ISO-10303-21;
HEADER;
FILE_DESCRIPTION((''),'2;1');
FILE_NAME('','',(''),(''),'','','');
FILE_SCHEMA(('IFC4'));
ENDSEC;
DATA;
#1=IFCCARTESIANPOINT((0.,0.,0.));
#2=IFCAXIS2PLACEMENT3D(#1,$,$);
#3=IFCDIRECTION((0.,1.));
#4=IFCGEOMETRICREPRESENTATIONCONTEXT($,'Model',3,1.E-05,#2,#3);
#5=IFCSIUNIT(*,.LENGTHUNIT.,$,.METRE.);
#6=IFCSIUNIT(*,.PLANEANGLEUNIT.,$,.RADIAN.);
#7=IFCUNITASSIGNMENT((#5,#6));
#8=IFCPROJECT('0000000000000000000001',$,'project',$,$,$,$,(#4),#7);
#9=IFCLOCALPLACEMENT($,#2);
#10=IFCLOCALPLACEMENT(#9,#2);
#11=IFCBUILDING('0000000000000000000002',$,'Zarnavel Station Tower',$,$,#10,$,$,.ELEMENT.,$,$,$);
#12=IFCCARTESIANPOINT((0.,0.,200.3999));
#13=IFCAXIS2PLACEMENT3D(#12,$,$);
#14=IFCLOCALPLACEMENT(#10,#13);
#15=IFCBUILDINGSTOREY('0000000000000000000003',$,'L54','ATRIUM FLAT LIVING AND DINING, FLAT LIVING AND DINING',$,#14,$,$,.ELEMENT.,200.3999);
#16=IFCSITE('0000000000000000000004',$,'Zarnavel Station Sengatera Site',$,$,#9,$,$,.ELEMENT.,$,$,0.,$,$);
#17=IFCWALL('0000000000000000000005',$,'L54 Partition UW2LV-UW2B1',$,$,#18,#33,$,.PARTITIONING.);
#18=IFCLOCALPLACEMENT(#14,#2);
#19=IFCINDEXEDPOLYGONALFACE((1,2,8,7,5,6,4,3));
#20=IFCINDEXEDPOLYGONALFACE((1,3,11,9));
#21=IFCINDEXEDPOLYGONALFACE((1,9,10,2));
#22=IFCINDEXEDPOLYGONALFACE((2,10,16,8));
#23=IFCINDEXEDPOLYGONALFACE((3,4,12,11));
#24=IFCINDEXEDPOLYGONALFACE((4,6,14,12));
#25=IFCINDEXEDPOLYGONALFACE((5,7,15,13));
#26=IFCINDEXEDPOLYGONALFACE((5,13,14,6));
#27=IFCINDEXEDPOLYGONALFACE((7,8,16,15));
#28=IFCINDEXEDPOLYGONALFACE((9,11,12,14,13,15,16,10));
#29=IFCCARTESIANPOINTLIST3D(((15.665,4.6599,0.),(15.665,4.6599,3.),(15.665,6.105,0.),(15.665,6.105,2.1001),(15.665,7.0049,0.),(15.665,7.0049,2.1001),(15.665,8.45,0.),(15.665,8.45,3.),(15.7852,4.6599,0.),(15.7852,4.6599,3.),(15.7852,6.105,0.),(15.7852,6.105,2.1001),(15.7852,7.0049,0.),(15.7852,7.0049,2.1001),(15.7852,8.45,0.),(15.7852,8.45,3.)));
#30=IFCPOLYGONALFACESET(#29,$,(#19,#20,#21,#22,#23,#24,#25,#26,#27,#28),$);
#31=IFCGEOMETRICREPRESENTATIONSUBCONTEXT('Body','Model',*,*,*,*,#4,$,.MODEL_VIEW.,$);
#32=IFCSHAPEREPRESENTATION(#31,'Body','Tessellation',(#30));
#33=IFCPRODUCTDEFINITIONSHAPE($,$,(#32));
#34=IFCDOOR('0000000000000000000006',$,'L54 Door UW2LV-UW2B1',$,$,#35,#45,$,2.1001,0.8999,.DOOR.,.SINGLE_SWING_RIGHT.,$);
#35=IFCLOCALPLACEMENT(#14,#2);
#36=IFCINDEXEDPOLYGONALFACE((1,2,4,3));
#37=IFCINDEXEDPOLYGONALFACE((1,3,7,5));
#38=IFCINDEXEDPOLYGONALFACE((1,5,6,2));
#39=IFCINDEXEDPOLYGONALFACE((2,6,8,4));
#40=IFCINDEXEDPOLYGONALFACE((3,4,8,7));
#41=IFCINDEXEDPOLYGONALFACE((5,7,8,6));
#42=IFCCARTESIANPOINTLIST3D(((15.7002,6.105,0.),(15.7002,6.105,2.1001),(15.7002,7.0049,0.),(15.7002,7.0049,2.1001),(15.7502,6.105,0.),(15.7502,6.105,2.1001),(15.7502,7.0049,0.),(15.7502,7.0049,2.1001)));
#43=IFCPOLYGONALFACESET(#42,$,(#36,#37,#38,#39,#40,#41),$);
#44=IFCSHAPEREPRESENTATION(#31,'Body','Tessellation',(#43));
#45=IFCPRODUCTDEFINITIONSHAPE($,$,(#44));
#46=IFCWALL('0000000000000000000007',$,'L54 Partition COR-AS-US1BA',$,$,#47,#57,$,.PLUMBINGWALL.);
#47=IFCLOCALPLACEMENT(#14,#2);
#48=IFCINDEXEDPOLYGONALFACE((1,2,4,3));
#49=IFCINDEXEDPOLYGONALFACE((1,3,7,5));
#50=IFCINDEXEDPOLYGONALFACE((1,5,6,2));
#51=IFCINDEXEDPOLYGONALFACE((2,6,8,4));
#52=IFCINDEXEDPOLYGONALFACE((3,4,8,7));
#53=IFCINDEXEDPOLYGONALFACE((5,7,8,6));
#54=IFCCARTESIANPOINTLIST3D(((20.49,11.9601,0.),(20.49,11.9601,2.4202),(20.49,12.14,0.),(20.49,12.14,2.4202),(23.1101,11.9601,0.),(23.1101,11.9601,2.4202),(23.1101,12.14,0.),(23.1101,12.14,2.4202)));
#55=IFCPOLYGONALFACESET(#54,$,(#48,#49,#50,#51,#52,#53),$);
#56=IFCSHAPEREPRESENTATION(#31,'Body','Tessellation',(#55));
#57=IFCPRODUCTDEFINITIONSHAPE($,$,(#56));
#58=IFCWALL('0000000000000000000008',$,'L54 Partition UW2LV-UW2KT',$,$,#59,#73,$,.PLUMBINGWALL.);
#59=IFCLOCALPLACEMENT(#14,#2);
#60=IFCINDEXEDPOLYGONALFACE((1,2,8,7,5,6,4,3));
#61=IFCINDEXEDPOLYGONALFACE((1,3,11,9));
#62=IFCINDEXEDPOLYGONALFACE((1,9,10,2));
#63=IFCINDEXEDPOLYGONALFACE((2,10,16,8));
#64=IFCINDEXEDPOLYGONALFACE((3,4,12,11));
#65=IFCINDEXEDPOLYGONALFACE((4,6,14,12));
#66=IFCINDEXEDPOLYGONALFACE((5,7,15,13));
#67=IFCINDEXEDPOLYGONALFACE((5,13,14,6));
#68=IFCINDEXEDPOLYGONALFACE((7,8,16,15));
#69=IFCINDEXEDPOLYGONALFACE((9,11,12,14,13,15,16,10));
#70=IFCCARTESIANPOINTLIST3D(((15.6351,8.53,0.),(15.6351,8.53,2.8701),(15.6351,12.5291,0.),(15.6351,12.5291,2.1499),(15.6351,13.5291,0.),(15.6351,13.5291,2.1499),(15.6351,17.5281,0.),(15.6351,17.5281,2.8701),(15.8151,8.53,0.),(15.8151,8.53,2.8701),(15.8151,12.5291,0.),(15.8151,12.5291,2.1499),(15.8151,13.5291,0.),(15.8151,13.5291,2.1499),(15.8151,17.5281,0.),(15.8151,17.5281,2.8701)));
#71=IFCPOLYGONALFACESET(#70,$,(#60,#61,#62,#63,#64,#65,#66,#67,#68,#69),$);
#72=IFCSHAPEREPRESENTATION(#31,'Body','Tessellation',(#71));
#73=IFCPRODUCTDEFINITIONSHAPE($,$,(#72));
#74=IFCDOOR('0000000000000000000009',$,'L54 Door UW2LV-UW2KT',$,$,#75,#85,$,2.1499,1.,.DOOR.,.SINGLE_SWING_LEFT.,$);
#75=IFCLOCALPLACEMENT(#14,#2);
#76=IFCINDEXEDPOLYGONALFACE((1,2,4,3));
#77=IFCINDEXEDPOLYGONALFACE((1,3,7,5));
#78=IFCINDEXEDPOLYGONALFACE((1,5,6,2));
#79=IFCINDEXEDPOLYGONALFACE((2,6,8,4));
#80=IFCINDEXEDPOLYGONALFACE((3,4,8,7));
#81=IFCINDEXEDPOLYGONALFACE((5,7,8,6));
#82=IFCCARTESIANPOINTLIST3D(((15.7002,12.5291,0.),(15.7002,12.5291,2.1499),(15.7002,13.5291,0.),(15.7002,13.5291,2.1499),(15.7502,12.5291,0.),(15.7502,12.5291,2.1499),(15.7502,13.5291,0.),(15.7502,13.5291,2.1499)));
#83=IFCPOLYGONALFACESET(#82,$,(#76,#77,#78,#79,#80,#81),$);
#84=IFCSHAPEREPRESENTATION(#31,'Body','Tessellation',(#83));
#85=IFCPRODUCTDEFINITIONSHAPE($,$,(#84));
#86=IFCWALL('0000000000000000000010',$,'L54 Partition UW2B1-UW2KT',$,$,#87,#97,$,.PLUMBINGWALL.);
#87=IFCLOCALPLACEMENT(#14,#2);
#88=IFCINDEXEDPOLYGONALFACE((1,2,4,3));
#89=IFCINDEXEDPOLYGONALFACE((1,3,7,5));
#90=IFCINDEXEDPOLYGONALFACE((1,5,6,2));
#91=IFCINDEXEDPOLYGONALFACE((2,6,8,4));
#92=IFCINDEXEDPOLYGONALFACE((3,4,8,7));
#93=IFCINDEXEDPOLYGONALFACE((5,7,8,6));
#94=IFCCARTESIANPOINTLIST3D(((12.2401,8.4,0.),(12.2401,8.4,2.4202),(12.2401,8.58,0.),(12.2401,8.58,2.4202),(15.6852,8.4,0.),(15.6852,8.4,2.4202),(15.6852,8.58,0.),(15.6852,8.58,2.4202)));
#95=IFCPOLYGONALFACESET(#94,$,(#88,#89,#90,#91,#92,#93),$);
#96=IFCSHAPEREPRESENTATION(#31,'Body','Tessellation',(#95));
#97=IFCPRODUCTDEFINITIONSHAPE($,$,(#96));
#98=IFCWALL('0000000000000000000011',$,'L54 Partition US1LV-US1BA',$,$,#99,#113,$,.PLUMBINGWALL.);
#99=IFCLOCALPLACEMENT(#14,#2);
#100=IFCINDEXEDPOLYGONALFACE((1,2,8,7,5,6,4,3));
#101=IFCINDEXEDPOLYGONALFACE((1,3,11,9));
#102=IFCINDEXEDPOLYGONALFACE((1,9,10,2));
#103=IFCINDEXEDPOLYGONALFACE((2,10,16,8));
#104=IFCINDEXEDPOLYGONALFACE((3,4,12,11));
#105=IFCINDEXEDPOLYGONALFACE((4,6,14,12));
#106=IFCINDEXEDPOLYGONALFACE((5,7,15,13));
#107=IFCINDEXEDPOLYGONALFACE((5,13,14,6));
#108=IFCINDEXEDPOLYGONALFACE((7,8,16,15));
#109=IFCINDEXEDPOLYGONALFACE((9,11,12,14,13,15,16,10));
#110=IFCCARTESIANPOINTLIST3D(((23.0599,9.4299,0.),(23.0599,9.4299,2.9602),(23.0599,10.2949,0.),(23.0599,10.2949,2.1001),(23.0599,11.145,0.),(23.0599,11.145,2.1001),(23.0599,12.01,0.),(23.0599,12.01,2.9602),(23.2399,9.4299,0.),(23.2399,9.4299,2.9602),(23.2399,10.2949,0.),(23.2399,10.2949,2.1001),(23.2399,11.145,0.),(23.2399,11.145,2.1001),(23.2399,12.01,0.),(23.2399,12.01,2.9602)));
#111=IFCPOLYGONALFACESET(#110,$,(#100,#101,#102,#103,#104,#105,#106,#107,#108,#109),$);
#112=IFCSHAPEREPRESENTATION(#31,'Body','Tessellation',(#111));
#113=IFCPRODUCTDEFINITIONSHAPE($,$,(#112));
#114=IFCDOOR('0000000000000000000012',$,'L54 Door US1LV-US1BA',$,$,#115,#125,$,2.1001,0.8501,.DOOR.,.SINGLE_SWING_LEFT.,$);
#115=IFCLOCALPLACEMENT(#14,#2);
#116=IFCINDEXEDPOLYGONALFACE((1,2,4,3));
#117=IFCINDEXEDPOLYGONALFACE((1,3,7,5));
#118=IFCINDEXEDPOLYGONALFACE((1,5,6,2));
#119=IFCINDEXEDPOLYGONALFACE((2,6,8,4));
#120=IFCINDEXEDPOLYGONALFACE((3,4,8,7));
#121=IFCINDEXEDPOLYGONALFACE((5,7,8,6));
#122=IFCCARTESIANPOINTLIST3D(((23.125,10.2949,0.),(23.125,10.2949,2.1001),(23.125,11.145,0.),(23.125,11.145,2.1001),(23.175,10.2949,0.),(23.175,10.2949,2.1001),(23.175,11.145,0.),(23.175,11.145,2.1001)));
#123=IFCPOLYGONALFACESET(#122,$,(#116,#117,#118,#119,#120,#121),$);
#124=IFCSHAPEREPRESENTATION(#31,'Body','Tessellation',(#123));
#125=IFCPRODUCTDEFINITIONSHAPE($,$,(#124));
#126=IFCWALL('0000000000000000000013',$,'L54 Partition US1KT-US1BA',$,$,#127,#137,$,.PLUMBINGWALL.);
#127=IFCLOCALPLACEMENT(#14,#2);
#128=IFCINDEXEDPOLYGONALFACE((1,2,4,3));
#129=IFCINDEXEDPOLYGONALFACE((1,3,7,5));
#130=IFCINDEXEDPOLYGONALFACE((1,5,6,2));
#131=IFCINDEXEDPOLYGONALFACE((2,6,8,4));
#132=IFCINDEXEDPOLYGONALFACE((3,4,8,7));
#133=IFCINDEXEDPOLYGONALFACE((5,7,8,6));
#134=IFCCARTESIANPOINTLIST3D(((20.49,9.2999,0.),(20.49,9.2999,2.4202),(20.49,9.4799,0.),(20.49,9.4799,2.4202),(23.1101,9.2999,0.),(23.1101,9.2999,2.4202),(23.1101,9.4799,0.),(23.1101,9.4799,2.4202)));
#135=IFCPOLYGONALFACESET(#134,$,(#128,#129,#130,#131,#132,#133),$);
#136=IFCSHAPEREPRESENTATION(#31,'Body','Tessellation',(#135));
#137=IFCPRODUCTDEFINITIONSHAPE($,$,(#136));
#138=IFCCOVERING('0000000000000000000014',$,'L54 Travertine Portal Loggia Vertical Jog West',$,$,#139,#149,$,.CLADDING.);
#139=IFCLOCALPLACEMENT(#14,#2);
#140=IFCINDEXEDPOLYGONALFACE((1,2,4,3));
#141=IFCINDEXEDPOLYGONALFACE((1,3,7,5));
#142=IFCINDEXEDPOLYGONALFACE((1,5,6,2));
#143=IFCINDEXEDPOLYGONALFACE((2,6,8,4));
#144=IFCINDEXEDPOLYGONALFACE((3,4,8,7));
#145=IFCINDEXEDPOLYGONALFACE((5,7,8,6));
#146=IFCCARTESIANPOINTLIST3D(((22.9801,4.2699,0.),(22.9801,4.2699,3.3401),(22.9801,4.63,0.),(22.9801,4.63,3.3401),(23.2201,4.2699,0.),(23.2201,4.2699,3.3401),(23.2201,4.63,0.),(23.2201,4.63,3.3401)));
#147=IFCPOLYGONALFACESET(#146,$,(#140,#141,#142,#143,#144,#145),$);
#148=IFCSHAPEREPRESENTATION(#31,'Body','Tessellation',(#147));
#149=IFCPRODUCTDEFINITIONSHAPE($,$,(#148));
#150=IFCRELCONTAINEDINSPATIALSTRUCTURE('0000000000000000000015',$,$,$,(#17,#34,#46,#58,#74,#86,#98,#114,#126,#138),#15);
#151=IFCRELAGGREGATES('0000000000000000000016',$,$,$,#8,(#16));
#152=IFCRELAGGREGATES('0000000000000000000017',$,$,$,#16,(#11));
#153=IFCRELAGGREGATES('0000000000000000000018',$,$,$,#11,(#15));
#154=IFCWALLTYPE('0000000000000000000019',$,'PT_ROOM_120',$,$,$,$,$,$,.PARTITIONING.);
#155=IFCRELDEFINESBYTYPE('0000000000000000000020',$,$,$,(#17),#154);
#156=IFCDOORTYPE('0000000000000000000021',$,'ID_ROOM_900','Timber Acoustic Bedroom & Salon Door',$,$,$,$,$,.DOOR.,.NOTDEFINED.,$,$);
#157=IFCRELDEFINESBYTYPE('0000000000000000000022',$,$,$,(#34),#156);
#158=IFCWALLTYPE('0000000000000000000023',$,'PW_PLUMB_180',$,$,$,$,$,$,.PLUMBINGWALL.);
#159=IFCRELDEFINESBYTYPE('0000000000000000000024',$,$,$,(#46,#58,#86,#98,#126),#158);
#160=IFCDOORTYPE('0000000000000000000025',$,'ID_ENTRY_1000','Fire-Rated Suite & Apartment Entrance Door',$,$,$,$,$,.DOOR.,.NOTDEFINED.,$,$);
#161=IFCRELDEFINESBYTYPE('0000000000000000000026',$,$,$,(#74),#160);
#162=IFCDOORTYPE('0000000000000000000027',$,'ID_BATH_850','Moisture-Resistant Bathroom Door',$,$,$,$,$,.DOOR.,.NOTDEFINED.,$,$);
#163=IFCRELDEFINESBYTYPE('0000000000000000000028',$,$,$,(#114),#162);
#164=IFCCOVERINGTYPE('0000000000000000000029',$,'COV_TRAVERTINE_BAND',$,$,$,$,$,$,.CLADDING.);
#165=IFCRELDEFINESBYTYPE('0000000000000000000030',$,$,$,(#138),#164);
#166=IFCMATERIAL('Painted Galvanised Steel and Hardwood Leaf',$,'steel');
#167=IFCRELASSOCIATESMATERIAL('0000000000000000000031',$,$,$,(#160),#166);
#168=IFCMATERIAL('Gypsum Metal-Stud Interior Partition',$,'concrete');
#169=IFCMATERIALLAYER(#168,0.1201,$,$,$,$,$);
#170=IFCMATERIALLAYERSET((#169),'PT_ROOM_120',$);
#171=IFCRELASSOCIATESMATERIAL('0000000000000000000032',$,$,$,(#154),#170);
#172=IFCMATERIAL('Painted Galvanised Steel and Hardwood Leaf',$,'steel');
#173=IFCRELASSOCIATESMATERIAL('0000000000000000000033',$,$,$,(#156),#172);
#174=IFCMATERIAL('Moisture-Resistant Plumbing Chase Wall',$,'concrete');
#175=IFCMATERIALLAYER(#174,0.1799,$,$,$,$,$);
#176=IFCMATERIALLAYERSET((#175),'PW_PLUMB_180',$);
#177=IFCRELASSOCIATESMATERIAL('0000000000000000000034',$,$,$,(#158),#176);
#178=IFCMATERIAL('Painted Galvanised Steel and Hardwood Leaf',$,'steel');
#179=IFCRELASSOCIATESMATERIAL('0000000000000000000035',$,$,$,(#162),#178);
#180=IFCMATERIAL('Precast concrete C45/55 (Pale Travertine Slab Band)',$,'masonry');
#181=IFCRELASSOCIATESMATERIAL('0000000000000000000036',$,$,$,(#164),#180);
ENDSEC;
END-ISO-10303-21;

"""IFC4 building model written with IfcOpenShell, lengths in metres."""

from ifc_helpers import new_model, si_unit, direction, frame, frame_2d, origin, origin_2d, place, context, subcontext, project, spatial, rectangle, extrude, material, layer, layer_set, type_object, element, fill, save


model = new_model("IFC4")

# Units and contexts
model_context = context("Model", 3, precision=1e-05, world=origin(), true_north=direction((0.0, 1.0)))
body_context = subcontext(model_context, "Body", "Model", "MODEL_VIEW")
ifc_project = project(units=[si_unit("LENGTHUNIT", "METRE"), si_unit("PLANEANGLEUNIT", "RADIAN")], contexts=[model_context])

# Site, building, storey
site_placement = place(None, origin())
site = spatial("IfcSite", under=ifc_project, at=site_placement, Name="Zarnavel Station Sengatera Site", CompositionType="ELEMENT", RefElevation=0.0)
building_placement = place(site_placement, origin())
building = spatial("IfcBuilding", under=site, at=building_placement, Name="Zarnavel Station Tower", CompositionType="ELEMENT")
storey_placement = place(building_placement, frame((0.0, 0.0, 200.3999)))
storey = spatial("IfcBuildingStorey", under=building, at=storey_placement, Name="L54", Description="ATRIUM FLAT LIVING AND DINING, FLAT LIVING AND DINING", CompositionType="ELEMENT", Elevation=200.3999)

# Shared definitions
ifc_material_1 = material(Name="Painted Galvanised Steel and Hardwood Leaf", Category="steel")
door_type_1 = type_object("IfcDoorType", Name="ID_ENTRY_1000", Description="Fire-Rated Suite & Apartment Entrance Door", OperationType="NOTDEFINED", PredefinedType="DOOR", material=ifc_material_1)

# Wall, opening, door
ifc_material_2 = material(Name="Gypsum Metal-Stud Interior Partition", Category="concrete")
ifc_layer_1 = layer(ifc_material_2, 0.1201)
ifc_layer_set_1 = layer_set([ifc_layer_1], Name="PT_ROOM_120")
wall_type_1 = type_object("IfcWallType", Name="PT_ROOM_120", PredefinedType="PARTITIONING", material=ifc_layer_set_1)
wall_1_placement = place(storey_placement, frame((15.7251, 4.6599, 0.0), z_axis=(0.0, 0.0, 1.0), x_axis=(0.0, 1.0, 0.0)))
wall_1 = element("IfcWall", 1, at=wall_1_placement, inside=storey, type_object=wall_type_1, Name="L54 Partition UW2LV-UW2B1", PredefinedType="PARTITIONING", context=body_context, shape_type="SweptSolid", body=[
    extrude(rectangle(XDim=3.79, YDim=0.1201, at=frame_2d((1.895, 0.0))), origin(), (0.0, 0.0, 1.0), 3.0),
])
opening_1_placement = place(wall_1_placement, frame((1.4451, 0.0, 0.0)))
opening_1 = element("IfcOpeningElement", 2, at=opening_1_placement, cuts=wall_1, PredefinedType="OPENING", context=body_context, shape_type="SweptSolid", body=[
    extrude(rectangle(XDim=0.8999, YDim=2.1001, at=frame_2d((0.45, 1.05))), frame((0.0, 0.0701, 0.0), z_axis=(0.0, -1.0, 0.0), x_axis=(1.0, 0.0, 0.0)), (0.0, 0.0, 1.0), 0.1401),
])
ifc_material_3 = material(Name="Painted Galvanised Steel and Hardwood Leaf", Category="steel")
door_type_2 = type_object("IfcDoorType", Name="ID_ROOM_900", Description="Timber Acoustic Bedroom & Salon Door", OperationType="NOTDEFINED", PredefinedType="DOOR", material=ifc_material_3)
door_1_placement = place(opening_1_placement, origin())
door_1 = element("IfcDoor", 3, at=door_1_placement, inside=storey, type_object=door_type_2, Name="L54 Door UW2LV-UW2B1", OperationType="SINGLE_SWING_RIGHT", OverallHeight=2.1001, OverallWidth=0.8999, PredefinedType="DOOR", context=body_context, shape_type="SweptSolid", body=[
    extrude(rectangle(XDim=0.8999, YDim=2.1001, at=frame_2d((0.45, 1.05))), frame((0.0, 0.0249, 0.0), z_axis=(0.0, -1.0, 0.0), x_axis=(1.0, 0.0, 0.0)), (0.0, 0.0, 1.0), 0.05),
])
fill(opening_1, door_1)

# Wall
ifc_material_4 = material(Name="Moisture-Resistant Plumbing Chase Wall", Category="concrete")
ifc_layer_2 = layer(ifc_material_4, 0.1799)
ifc_layer_set_2 = layer_set([ifc_layer_2], Name="PW_PLUMB_180")
wall_type_2 = type_object("IfcWallType", Name="PW_PLUMB_180", PredefinedType="PLUMBINGWALL", material=ifc_layer_set_2)
wall_2_placement = place(storey_placement, frame((20.49, 12.05, 0.0), z_axis=(0.0, 0.0, 1.0), x_axis=(1.0, 0.0, 0.0)))
element("IfcWall", 4, at=wall_2_placement, inside=storey, type_object=wall_type_2, Name="L54 Partition COR-AS-US1BA", PredefinedType="PLUMBINGWALL", context=body_context, shape_type="SweptSolid", body=[
    extrude(rectangle(XDim=2.6201, YDim=0.1799, at=frame_2d((1.3101, 0.0))), origin(), (0.0, 0.0, 1.0), 2.4202),
])

# Wall, opening, door
wall_3_placement = place(storey_placement, frame((15.7251, 8.53, 0.0), z_axis=(0.0, 0.0, 1.0), x_axis=(0.0, 1.0, 0.0)))
wall_3 = element("IfcWall", 5, at=wall_3_placement, inside=storey, type_object=wall_type_2, Name="L54 Partition UW2LV-UW2KT", PredefinedType="PLUMBINGWALL", context=body_context, shape_type="SweptSolid", body=[
    extrude(rectangle(XDim=8.998, YDim=0.1799, at=frame_2d((4.499, 0.0))), origin(), (0.0, 0.0, 1.0), 2.8701),
])
opening_2_placement = place(wall_3_placement, frame((3.999, 0.0, 0.0)))
opening_2 = element("IfcOpeningElement", 6, at=opening_2_placement, cuts=wall_3, PredefinedType="OPENING", context=body_context, shape_type="SweptSolid", body=[
    extrude(rectangle(XDim=1.0, YDim=2.1499, at=frame_2d((0.5, 1.075))), frame((0.0, 0.0999, 0.0), z_axis=(0.0, -1.0, 0.0), x_axis=(1.0, 0.0, 0.0)), (0.0, 0.0, 1.0), 0.2),
])
door_2_placement = place(opening_2_placement, origin())
door_2 = element("IfcDoor", 7, at=door_2_placement, inside=storey, type_object=door_type_1, Name="L54 Door UW2LV-UW2KT", OperationType="SINGLE_SWING_LEFT", OverallHeight=2.1499, OverallWidth=1.0, PredefinedType="DOOR", context=body_context, shape_type="SweptSolid", body=[
    extrude(rectangle(XDim=1.0, YDim=2.1499, at=frame_2d((0.5, 1.075))), frame((0.0, 0.0249, 0.0), z_axis=(0.0, -1.0, 0.0), x_axis=(1.0, 0.0, 0.0)), (0.0, 0.0, 1.0), 0.05),
])
fill(opening_2, door_2)

# Wall
wall_4_placement = place(storey_placement, frame((12.24, 8.49, 0.0), z_axis=(0.0, 0.0, 1.0), x_axis=(1.0, 0.0, 0.0)))
element("IfcWall", 8, at=wall_4_placement, inside=storey, type_object=wall_type_2, Name="L54 Partition UW2B1-UW2KT", PredefinedType="PLUMBINGWALL", context=body_context, shape_type="SweptSolid", body=[
    extrude(rectangle(XDim=3.4451, YDim=0.1799, at=frame_2d((1.7227, 0.0))), origin(), (0.0, 0.0, 1.0), 2.4202),
])

# Wall, opening, door
wall_5_placement = place(storey_placement, frame((23.1499, 9.4299, 0.0), z_axis=(0.0, 0.0, 1.0), x_axis=(0.0, 1.0, 0.0)))
wall_5 = element("IfcWall", 9, at=wall_5_placement, inside=storey, type_object=wall_type_2, Name="L54 Partition US1LV-US1BA", PredefinedType="PLUMBINGWALL", context=body_context, shape_type="SweptSolid", body=[
    extrude(rectangle(XDim=2.5801, YDim=0.1799, at=frame_2d((1.29, 0.0))), origin(), (0.0, 0.0, 1.0), 2.9602),
])
opening_3_placement = place(wall_5_placement, frame((0.865, 0.0, 0.0)))
opening_3 = element("IfcOpeningElement", 10, at=opening_3_placement, cuts=wall_5, PredefinedType="OPENING", context=body_context, shape_type="SweptSolid", body=[
    extrude(rectangle(XDim=0.8501, YDim=2.1001, at=frame_2d((0.425, 1.05))), frame((0.0, 0.0999, 0.0), z_axis=(0.0, -1.0, 0.0), x_axis=(1.0, 0.0, 0.0)), (0.0, 0.0, 1.0), 0.2),
])
ifc_material_5 = material(Name="Painted Galvanised Steel and Hardwood Leaf", Category="steel")
door_type_3 = type_object("IfcDoorType", Name="ID_BATH_850", Description="Moisture-Resistant Bathroom Door", OperationType="NOTDEFINED", PredefinedType="DOOR", material=ifc_material_5)
door_3_placement = place(opening_3_placement, origin())
door_3 = element("IfcDoor", 11, at=door_3_placement, inside=storey, type_object=door_type_3, Name="L54 Door US1LV-US1BA", OperationType="SINGLE_SWING_LEFT", OverallHeight=2.1001, OverallWidth=0.8501, PredefinedType="DOOR", context=body_context, shape_type="SweptSolid", body=[
    extrude(rectangle(XDim=0.8501, YDim=2.1001, at=frame_2d((0.425, 1.05))), frame((0.0, 0.0249, 0.0), z_axis=(0.0, -1.0, 0.0), x_axis=(1.0, 0.0, 0.0)), (0.0, 0.0, 1.0), 0.05),
])
fill(opening_3, door_3)

# Wall
wall_6_placement = place(storey_placement, frame((20.49, 9.3899, 0.0), z_axis=(0.0, 0.0, 1.0), x_axis=(1.0, 0.0, 0.0)))
element("IfcWall", 12, at=wall_6_placement, inside=storey, type_object=wall_type_2, Name="L54 Partition US1KT-US1BA", PredefinedType="PLUMBINGWALL", context=body_context, shape_type="SweptSolid", body=[
    extrude(rectangle(XDim=2.6201, YDim=0.1799, at=frame_2d((1.3101, 0.0))), origin(), (0.0, 0.0, 1.0), 2.4202),
])

# Covering
ifc_material_6 = material(Name="Precast concrete C45/55 (Pale Travertine Slab Band)", Category="masonry")
covering_type = type_object("IfcCoveringType", Name="COV_TRAVERTINE_BAND", PredefinedType="CLADDING", material=ifc_material_6)
covering_placement = place(storey_placement, frame((23.1001, 4.45, 0.0), z_axis=(0.0, 0.0, 1.0), x_axis=(1.0, 0.0, 0.0)))
element("IfcCovering", 13, at=covering_placement, inside=storey, type_object=covering_type, Name="L54 Travertine Portal Loggia Vertical Jog West", PredefinedType="CLADDING", context=body_context, shape_type="SweptSolid", body=[
    extrude(rectangle(XDim=0.24, YDim=0.3601, at=origin_2d()), origin(), (0.0, 0.0, 1.0), 3.3401),
])

save(model, "model.ifc")
